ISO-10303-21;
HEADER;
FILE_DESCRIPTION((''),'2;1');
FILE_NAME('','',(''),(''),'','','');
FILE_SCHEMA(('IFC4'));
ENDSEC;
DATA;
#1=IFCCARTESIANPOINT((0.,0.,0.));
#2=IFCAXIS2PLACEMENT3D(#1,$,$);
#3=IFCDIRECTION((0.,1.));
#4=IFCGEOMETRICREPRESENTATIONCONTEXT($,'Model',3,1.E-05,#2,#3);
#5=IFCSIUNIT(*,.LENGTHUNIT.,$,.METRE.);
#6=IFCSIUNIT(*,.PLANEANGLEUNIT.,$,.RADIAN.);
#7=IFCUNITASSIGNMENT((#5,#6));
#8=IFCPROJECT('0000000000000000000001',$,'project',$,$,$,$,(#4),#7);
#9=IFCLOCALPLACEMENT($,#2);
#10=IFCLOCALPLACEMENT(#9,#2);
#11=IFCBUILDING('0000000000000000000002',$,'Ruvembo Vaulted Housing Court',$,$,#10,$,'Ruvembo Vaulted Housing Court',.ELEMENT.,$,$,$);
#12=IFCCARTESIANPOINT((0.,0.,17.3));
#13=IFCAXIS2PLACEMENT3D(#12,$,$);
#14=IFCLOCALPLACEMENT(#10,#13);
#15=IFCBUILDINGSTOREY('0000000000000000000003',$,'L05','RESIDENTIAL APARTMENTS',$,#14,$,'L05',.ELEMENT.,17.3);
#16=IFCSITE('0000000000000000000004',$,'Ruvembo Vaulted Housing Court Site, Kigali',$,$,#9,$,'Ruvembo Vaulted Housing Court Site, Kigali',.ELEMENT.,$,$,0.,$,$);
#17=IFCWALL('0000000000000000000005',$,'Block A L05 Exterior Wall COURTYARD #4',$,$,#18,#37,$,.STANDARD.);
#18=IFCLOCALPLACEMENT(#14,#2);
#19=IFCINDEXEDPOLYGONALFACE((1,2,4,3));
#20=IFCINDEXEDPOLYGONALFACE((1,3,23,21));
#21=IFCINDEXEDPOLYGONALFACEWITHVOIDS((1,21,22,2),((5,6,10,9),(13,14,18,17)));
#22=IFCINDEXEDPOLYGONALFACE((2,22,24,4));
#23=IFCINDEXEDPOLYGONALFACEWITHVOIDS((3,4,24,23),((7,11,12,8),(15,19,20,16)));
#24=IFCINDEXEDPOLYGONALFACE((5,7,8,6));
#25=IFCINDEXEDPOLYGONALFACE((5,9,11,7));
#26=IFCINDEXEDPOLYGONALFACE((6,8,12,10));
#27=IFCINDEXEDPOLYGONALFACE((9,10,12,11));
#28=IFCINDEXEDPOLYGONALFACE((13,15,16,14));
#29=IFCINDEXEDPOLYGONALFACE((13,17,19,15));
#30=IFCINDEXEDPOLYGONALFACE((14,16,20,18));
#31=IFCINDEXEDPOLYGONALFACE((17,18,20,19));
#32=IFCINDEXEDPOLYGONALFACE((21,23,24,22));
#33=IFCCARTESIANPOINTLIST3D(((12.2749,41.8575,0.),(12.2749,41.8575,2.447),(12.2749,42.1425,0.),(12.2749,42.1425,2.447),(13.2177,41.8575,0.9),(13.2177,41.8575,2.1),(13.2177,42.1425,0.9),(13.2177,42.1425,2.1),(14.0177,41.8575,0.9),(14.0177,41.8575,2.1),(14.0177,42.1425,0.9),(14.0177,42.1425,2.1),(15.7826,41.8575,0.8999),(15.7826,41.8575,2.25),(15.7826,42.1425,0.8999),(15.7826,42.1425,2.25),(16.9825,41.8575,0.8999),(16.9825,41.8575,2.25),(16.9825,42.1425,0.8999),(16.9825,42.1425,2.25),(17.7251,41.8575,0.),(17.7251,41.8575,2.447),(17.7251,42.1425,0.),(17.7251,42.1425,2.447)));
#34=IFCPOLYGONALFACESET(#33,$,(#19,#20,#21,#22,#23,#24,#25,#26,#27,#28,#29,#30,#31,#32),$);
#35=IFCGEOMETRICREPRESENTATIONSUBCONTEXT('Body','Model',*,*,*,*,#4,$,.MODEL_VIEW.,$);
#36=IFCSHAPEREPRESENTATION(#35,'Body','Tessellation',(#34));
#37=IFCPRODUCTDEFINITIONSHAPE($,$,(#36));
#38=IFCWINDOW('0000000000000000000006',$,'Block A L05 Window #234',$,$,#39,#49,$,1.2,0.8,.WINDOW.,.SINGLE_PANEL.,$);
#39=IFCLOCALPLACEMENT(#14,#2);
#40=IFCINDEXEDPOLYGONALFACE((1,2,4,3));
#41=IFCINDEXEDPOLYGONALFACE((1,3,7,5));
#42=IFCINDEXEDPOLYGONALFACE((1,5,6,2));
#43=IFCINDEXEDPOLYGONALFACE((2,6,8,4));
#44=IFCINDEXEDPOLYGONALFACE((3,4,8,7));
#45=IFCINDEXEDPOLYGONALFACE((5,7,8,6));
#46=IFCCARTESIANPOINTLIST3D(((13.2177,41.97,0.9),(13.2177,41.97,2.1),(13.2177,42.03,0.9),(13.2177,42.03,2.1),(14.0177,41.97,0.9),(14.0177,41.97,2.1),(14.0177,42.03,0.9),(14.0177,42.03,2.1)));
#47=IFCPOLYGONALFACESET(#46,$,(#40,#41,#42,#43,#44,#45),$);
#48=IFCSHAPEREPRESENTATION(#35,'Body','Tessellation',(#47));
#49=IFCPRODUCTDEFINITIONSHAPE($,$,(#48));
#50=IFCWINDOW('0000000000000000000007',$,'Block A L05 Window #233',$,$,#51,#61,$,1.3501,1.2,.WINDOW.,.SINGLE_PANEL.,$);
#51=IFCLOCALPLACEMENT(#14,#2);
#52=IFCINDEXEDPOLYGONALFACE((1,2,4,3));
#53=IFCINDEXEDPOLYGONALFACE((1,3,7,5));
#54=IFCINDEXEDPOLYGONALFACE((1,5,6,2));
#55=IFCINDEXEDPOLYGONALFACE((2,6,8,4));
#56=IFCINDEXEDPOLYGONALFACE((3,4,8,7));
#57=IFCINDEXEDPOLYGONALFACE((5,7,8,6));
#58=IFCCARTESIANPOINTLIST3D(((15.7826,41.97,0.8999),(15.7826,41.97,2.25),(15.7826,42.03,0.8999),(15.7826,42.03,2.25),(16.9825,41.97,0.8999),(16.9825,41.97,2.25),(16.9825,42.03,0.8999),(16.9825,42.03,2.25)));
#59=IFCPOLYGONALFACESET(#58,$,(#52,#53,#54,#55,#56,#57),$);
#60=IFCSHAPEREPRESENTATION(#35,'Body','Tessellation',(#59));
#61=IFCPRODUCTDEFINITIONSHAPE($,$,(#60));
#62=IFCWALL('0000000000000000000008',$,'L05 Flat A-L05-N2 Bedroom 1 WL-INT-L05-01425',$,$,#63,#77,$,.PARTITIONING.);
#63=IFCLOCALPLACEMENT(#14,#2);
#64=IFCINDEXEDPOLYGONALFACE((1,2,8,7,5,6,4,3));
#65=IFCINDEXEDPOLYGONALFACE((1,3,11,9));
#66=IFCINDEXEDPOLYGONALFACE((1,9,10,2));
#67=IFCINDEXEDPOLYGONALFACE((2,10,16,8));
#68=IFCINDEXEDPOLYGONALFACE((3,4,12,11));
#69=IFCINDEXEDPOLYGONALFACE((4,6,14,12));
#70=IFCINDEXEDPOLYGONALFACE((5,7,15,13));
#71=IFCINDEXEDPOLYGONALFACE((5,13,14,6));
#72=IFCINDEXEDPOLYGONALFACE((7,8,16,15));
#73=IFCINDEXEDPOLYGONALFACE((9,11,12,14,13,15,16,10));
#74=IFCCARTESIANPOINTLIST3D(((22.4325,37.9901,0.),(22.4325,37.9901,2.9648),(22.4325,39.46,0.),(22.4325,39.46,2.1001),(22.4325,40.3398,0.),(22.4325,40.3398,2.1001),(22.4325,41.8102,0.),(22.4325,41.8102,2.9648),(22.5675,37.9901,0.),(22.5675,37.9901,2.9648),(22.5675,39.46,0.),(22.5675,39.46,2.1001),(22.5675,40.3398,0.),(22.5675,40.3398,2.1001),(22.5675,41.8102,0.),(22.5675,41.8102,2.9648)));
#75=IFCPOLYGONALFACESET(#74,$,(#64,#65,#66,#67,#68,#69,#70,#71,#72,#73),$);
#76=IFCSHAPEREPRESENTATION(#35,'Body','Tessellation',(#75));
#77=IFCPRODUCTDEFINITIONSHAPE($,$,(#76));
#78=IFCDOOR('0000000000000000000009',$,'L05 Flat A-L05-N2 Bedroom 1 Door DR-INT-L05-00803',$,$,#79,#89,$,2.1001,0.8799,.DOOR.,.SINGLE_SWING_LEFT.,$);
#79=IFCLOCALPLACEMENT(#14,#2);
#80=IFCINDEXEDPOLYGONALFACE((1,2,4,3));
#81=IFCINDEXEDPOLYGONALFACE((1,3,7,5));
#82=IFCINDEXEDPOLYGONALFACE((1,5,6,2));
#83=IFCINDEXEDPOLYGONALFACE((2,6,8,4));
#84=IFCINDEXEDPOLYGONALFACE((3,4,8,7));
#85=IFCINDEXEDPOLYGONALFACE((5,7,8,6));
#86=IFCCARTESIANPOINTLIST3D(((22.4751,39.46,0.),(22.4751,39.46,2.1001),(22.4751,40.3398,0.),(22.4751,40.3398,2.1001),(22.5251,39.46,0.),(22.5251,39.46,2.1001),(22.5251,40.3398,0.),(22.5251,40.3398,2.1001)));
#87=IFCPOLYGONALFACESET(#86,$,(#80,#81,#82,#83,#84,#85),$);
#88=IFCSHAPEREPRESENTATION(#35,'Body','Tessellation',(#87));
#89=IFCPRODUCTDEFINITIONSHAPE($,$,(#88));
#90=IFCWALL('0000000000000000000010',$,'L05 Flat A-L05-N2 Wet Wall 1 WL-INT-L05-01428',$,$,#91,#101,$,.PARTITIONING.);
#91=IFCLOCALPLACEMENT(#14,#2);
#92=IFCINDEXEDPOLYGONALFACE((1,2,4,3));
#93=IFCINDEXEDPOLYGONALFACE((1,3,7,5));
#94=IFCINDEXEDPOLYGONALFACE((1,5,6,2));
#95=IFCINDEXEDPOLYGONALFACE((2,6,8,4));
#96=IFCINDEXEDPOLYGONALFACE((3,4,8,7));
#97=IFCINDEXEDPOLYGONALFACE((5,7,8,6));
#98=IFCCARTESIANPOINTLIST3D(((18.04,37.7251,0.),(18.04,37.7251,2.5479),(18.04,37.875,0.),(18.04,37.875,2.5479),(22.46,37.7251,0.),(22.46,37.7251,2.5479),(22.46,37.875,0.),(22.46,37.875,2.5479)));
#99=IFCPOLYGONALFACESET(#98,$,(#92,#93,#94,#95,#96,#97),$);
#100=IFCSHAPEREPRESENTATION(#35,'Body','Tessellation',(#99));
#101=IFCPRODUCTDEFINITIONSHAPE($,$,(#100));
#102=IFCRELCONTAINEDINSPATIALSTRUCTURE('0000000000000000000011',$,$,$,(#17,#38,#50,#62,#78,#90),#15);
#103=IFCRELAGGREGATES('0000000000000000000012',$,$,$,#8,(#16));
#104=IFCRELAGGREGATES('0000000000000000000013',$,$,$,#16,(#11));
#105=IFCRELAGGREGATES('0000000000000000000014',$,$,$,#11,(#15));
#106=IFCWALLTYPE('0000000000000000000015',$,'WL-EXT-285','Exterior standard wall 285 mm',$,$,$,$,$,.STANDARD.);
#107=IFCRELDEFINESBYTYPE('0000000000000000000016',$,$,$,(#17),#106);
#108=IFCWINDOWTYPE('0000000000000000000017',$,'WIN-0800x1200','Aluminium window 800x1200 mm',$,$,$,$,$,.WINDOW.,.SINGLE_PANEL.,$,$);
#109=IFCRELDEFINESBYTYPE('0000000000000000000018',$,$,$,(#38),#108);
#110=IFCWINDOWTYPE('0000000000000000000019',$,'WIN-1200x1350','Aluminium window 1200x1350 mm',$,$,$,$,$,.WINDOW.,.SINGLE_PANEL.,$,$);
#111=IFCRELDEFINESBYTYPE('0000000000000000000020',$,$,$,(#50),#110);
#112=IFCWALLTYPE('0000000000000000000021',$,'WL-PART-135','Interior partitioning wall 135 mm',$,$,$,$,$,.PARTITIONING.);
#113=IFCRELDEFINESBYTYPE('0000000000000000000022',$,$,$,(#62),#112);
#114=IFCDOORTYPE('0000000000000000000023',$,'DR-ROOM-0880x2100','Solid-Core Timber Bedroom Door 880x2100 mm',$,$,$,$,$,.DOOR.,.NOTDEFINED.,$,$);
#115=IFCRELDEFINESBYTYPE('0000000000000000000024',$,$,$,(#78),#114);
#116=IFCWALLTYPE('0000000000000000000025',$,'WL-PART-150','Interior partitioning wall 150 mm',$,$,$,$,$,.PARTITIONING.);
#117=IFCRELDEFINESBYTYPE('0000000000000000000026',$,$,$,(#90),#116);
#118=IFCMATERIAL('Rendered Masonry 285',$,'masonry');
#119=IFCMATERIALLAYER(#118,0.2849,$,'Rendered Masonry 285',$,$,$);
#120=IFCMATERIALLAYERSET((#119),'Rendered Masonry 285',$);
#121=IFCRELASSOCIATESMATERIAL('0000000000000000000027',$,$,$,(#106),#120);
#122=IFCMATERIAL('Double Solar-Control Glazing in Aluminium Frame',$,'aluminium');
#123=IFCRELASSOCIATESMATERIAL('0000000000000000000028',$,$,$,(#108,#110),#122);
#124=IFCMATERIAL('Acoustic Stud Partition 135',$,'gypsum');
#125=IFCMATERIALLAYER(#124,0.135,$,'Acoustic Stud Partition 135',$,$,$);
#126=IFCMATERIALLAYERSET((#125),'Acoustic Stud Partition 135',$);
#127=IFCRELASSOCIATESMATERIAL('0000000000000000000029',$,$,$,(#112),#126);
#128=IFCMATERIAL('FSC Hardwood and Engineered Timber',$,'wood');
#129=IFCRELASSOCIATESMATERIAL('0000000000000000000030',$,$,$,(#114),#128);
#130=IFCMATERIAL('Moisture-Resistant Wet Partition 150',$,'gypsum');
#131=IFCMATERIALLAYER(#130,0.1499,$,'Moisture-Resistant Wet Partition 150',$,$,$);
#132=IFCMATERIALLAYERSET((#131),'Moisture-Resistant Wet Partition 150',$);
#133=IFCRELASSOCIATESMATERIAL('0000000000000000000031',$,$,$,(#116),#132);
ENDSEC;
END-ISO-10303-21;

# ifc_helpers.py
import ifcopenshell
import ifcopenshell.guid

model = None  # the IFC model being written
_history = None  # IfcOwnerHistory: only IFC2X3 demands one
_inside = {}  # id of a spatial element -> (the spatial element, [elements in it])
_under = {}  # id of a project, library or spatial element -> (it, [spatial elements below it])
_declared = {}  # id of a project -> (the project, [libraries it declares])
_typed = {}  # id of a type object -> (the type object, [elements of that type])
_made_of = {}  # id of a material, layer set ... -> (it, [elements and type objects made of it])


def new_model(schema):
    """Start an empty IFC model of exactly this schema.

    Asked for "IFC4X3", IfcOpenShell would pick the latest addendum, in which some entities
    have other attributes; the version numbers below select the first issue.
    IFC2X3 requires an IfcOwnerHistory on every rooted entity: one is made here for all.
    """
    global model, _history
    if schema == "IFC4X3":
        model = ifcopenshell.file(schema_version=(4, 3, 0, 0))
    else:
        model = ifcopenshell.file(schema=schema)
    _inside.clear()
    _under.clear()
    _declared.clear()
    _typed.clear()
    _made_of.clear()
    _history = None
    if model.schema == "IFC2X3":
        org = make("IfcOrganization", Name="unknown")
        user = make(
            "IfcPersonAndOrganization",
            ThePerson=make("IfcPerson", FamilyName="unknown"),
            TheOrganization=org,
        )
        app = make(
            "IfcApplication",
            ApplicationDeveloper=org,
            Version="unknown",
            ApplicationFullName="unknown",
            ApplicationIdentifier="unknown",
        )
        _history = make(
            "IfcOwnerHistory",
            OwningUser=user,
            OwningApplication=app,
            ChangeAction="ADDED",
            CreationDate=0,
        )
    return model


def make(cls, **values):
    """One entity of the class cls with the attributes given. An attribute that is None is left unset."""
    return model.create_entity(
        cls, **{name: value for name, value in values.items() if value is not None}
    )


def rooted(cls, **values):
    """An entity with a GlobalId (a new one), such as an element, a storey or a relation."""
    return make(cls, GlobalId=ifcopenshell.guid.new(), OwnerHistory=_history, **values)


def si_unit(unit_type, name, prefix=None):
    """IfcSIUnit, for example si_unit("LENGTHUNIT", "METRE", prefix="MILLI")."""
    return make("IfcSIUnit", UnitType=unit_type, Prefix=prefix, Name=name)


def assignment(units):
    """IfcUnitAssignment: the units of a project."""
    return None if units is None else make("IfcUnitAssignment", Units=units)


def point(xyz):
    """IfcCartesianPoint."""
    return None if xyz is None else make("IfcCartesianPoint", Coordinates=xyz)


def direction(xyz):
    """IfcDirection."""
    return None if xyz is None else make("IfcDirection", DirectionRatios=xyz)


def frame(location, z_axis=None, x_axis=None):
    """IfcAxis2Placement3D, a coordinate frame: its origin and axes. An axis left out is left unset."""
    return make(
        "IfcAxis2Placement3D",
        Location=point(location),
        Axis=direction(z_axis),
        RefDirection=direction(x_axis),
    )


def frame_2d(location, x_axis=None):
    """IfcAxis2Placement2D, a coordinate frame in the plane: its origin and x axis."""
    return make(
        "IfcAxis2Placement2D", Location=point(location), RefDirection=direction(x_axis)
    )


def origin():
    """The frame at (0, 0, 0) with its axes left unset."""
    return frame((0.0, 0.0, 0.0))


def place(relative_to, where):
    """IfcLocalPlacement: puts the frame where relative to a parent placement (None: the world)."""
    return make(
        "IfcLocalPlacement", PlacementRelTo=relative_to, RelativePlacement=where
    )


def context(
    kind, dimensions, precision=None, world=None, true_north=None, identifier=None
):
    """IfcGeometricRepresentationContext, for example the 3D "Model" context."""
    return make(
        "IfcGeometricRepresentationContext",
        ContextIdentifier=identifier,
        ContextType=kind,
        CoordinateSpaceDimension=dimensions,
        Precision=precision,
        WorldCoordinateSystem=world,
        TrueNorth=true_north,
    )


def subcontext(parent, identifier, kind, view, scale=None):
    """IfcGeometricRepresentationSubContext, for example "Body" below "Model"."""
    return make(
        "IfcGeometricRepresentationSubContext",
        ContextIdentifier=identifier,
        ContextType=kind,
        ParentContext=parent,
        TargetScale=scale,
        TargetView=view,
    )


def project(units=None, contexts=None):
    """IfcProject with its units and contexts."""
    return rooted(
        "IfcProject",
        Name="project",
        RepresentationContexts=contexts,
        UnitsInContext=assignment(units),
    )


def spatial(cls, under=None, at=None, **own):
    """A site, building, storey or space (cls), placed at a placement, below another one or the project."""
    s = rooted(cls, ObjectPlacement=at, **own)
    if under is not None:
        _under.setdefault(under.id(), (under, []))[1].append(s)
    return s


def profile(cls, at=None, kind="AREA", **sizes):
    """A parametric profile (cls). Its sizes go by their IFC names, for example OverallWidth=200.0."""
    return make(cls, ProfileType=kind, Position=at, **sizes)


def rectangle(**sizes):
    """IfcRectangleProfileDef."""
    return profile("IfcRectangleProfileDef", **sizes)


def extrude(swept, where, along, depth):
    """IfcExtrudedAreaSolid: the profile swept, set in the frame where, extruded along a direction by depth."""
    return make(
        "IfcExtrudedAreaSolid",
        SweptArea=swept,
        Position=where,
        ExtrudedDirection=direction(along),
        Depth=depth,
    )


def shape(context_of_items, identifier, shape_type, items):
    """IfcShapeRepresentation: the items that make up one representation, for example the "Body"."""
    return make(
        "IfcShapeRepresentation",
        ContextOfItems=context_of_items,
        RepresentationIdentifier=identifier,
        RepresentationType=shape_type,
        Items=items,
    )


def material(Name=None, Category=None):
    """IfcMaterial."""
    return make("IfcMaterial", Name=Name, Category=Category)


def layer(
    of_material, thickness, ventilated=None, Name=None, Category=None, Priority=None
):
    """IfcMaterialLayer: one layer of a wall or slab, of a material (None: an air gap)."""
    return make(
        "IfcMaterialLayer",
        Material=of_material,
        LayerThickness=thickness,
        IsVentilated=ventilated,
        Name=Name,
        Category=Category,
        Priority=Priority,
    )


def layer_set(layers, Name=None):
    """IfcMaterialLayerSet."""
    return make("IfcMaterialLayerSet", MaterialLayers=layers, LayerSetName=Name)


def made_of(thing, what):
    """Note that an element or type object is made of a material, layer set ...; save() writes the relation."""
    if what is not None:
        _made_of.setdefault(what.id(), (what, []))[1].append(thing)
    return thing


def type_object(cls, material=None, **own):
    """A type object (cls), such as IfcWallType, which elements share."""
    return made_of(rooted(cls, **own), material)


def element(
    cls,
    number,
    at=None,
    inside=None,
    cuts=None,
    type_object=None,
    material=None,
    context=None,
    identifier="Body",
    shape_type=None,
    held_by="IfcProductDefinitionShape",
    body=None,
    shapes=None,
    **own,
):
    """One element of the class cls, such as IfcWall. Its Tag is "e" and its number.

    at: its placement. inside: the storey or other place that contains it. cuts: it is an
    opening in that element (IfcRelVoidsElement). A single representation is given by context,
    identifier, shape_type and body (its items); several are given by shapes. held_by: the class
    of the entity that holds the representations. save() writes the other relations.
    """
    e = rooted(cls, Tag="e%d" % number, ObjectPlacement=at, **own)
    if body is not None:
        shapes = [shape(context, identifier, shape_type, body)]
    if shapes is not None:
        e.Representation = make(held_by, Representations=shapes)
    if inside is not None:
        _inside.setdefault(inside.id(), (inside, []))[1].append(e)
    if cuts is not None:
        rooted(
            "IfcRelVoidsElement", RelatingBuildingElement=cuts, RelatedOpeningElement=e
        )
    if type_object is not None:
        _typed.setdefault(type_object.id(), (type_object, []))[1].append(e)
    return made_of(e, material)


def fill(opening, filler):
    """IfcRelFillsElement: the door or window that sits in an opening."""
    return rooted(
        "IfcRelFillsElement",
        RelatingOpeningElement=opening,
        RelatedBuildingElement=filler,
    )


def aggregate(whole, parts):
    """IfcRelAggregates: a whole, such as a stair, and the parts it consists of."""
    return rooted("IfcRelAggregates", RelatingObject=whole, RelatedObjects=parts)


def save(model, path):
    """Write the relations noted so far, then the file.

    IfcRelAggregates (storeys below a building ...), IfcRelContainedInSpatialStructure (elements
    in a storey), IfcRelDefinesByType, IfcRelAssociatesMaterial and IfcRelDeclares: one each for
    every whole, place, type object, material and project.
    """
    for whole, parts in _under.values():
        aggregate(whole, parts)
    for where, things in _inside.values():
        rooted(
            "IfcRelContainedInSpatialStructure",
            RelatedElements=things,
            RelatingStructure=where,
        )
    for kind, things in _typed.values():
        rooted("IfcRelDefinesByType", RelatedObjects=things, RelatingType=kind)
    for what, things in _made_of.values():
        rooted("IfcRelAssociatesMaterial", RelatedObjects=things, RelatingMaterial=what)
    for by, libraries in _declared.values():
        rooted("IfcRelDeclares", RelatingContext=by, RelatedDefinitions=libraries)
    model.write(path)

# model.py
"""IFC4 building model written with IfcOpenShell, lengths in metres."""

from ifc_helpers import new_model, si_unit, direction, frame, frame_2d, origin, place, context, subcontext, project, spatial, rectangle, extrude, material, layer, layer_set, type_object, element, fill, save


model = new_model("IFC4")

# Units and contexts
model_context = context("Model", 3, precision=1e-05, world=origin(), true_north=direction((0.0, 1.0)))
body_context = subcontext(model_context, "Body", "Model", "MODEL_VIEW")
ifc_project = project(units=[si_unit("LENGTHUNIT", "METRE"), si_unit("PLANEANGLEUNIT", "RADIAN")], contexts=[model_context])

# Site, building, storey
site_placement = place(None, origin())
site = spatial("IfcSite", under=ifc_project, at=site_placement, Name="Ruvembo Vaulted Housing Court Site, Kigali", LongName="Ruvembo Vaulted Housing Court Site, Kigali", CompositionType="ELEMENT", RefElevation=0.0)
building_placement = place(site_placement, origin())
building = spatial("IfcBuilding", under=site, at=building_placement, Name="Ruvembo Vaulted Housing Court", LongName="Ruvembo Vaulted Housing Court", CompositionType="ELEMENT")
storey_placement = place(building_placement, frame((0.0, 0.0, 17.3)))
storey = spatial("IfcBuildingStorey", under=building, at=storey_placement, Name="L05", Description="RESIDENTIAL APARTMENTS", LongName="L05", CompositionType="ELEMENT", Elevation=17.3)

# Wall, openings, windows
ifc_material_1 = material(Name="Rendered Masonry 285", Category="masonry")
ifc_layer_1 = layer(ifc_material_1, 0.2849, Name="Rendered Masonry 285")
ifc_layer_set_1 = layer_set([ifc_layer_1], Name="Rendered Masonry 285")
wall_type_1 = type_object("IfcWallType", Name="WL-EXT-285", Description="Exterior standard wall 285 mm", PredefinedType="STANDARD", material=ifc_layer_set_1)
ifc_material_2 = material(Name="Double Solar-Control Glazing in Aluminium Frame", Category="aluminium")
wall_1_placement = place(storey_placement, frame((17.7251, 42.0, 0.0), z_axis=(0.0, 0.0, 1.0), x_axis=(-1.0, 0.0, 0.0)))
wall_1 = element("IfcWall", 1, at=wall_1_placement, inside=storey, type_object=wall_type_1, Name="Block A L05 Exterior Wall COURTYARD #4", PredefinedType="STANDARD", context=body_context, shape_type="SweptSolid", body=[
    extrude(rectangle(XDim=5.4502, YDim=0.2849, at=frame_2d((2.7251, 0.0))), origin(), (0.0, 0.0, 1.0), 2.447),
])
opening_1_placement = place(wall_1_placement, frame((0.7424, 0.0, 0.8999)))
opening_1 = element("IfcOpeningElement", 2, at=opening_1_placement, cuts=wall_1, PredefinedType="OPENING", context=body_context, shape_type="SweptSolid", body=[
    extrude(rectangle(XDim=1.2, YDim=1.3501, at=frame_2d((0.6001, 0.675))), frame((0.0, 0.1523, 0.0), z_axis=(0.0, -1.0, 0.0), x_axis=(1.0, 0.0, 0.0)), (0.0, 0.0, 1.0), 0.3049),
])
opening_2_placement = place(wall_1_placement, frame((3.7075, 0.0, 0.8999)))
opening_2 = element("IfcOpeningElement", 3, at=opening_2_placement, cuts=wall_1, PredefinedType="OPENING", context=body_context, shape_type="SweptSolid", body=[
    extrude(rectangle(XDim=0.8, YDim=1.2, at=frame_2d((0.3999, 0.6001))), frame((0.0, 0.1523, 0.0), z_axis=(0.0, -1.0, 0.0), x_axis=(1.0, 0.0, 0.0)), (0.0, 0.0, 1.0), 0.3049),
])
window_type_1 = type_object("IfcWindowType", Name="WIN-0800x1200", Description="Aluminium window 800x1200 mm", PartitioningType="SINGLE_PANEL", PredefinedType="WINDOW", material=ifc_material_2)
window_1_placement = place(opening_2_placement, origin())
window_1 = element("IfcWindow", 4, at=window_1_placement, inside=storey, type_object=window_type_1, Name="Block A L05 Window #234", OverallHeight=1.2, OverallWidth=0.8, PartitioningType="SINGLE_PANEL", PredefinedType="WINDOW", context=body_context, shape_type="SweptSolid", body=[
    extrude(rectangle(XDim=0.8, YDim=1.2, at=frame_2d((0.3999, 0.6001))), frame((0.0, 0.03, 0.0), z_axis=(0.0, -1.0, 0.0), x_axis=(1.0, 0.0, 0.0)), (0.0, 0.0, 1.0), 0.0601),
])
fill(opening_2, window_1)
window_type_2 = type_object("IfcWindowType", Name="WIN-1200x1350", Description="Aluminium window 1200x1350 mm", PartitioningType="SINGLE_PANEL", PredefinedType="WINDOW", material=ifc_material_2)
window_2_placement = place(opening_1_placement, origin())
window_2 = element("IfcWindow", 5, at=window_2_placement, inside=storey, type_object=window_type_2, Name="Block A L05 Window #233", OverallHeight=1.3501, OverallWidth=1.2, PartitioningType="SINGLE_PANEL", PredefinedType="WINDOW", context=body_context, shape_type="SweptSolid", body=[
    extrude(rectangle(XDim=1.2, YDim=1.3501, at=frame_2d((0.6001, 0.675))), frame((0.0, 0.03, 0.0), z_axis=(0.0, -1.0, 0.0), x_axis=(1.0, 0.0, 0.0)), (0.0, 0.0, 1.0), 0.0601),
])
fill(opening_1, window_2)

# Wall, opening, door
ifc_material_3 = material(Name="Acoustic Stud Partition 135", Category="gypsum")
ifc_layer_2 = layer(ifc_material_3, 0.135, Name="Acoustic Stud Partition 135")
ifc_layer_set_2 = layer_set([ifc_layer_2], Name="Acoustic Stud Partition 135")
wall_type_2 = type_object("IfcWallType", Name="WL-PART-135", Description="Interior partitioning wall 135 mm", PredefinedType="PARTITIONING", material=ifc_layer_set_2)
wall_2_placement = place(storey_placement, frame((22.5, 37.99, 0.0), z_axis=(0.0, 0.0, 1.0), x_axis=(0.0, 1.0, 0.0)))
wall_2 = element("IfcWall", 6, at=wall_2_placement, inside=storey, type_object=wall_type_2, Name="L05 Flat A-L05-N2 Bedroom 1 WL-INT-L05-01425", PredefinedType="PARTITIONING", context=body_context, shape_type="SweptSolid", body=[
    extrude(rectangle(XDim=3.8201, YDim=0.135, at=frame_2d((1.9102, 0.0))), origin(), (0.0, 0.0, 1.0), 2.9648),
])
opening_3_placement = place(wall_2_placement, frame((1.47, 0.0, 0.0)))
opening_3 = element("IfcOpeningElement", 7, at=opening_3_placement, cuts=wall_2, PredefinedType="OPENING", context=body_context, shape_type="SweptSolid", body=[
    extrude(rectangle(XDim=0.8799, YDim=2.1001, at=frame_2d((0.4399, 1.05))), frame((0.0, 0.0774, 0.0), z_axis=(0.0, -1.0, 0.0), x_axis=(1.0, 0.0, 0.0)), (0.0, 0.0, 1.0), 0.155),
])
ifc_material_4 = material(Name="FSC Hardwood and Engineered Timber", Category="wood")
door_type = type_object("IfcDoorType", Name="DR-ROOM-0880x2100", Description="Solid-Core Timber Bedroom Door 880x2100 mm", OperationType="NOTDEFINED", PredefinedType="DOOR", material=ifc_material_4)
door_placement = place(opening_3_placement, origin())
door = element("IfcDoor", 8, at=door_placement, inside=storey, type_object=door_type, Name="L05 Flat A-L05-N2 Bedroom 1 Door DR-INT-L05-00803", OperationType="SINGLE_SWING_LEFT", OverallHeight=2.1001, OverallWidth=0.8799, PredefinedType="DOOR", context=body_context, shape_type="SweptSolid", body=[
    extrude(rectangle(XDim=0.8799, YDim=2.1001, at=frame_2d((0.4399, 1.05))), frame((0.0, 0.0249, 0.0), z_axis=(0.0, -1.0, 0.0), x_axis=(1.0, 0.0, 0.0)), (0.0, 0.0, 1.0), 0.05),
])
fill(opening_3, door)

# Wall
ifc_material_5 = material(Name="Moisture-Resistant Wet Partition 150", Category="gypsum")
ifc_layer_3 = layer(ifc_material_5, 0.1499, Name="Moisture-Resistant Wet Partition 150")
ifc_layer_set_3 = layer_set([ifc_layer_3], Name="Moisture-Resistant Wet Partition 150")
wall_type_3 = type_object("IfcWallType", Name="WL-PART-150", Description="Interior partitioning wall 150 mm", PredefinedType="PARTITIONING", material=ifc_layer_set_3)
wall_3_placement = place(storey_placement, frame((18.04, 37.8, 0.0), z_axis=(0.0, 0.0, 1.0), x_axis=(1.0, 0.0, 0.0)))
element("IfcWall", 9, at=wall_3_placement, inside=storey, type_object=wall_type_3, Name="L05 Flat A-L05-N2 Wet Wall 1 WL-INT-L05-01428", PredefinedType="PARTITIONING", context=body_context, shape_type="SweptSolid", body=[
    extrude(rectangle(XDim=4.4199, YDim=0.1499, at=frame_2d((2.21, 0.0))), origin(), (0.0, 0.0, 1.0), 2.5479),
])

save(model, "model.ifc")
